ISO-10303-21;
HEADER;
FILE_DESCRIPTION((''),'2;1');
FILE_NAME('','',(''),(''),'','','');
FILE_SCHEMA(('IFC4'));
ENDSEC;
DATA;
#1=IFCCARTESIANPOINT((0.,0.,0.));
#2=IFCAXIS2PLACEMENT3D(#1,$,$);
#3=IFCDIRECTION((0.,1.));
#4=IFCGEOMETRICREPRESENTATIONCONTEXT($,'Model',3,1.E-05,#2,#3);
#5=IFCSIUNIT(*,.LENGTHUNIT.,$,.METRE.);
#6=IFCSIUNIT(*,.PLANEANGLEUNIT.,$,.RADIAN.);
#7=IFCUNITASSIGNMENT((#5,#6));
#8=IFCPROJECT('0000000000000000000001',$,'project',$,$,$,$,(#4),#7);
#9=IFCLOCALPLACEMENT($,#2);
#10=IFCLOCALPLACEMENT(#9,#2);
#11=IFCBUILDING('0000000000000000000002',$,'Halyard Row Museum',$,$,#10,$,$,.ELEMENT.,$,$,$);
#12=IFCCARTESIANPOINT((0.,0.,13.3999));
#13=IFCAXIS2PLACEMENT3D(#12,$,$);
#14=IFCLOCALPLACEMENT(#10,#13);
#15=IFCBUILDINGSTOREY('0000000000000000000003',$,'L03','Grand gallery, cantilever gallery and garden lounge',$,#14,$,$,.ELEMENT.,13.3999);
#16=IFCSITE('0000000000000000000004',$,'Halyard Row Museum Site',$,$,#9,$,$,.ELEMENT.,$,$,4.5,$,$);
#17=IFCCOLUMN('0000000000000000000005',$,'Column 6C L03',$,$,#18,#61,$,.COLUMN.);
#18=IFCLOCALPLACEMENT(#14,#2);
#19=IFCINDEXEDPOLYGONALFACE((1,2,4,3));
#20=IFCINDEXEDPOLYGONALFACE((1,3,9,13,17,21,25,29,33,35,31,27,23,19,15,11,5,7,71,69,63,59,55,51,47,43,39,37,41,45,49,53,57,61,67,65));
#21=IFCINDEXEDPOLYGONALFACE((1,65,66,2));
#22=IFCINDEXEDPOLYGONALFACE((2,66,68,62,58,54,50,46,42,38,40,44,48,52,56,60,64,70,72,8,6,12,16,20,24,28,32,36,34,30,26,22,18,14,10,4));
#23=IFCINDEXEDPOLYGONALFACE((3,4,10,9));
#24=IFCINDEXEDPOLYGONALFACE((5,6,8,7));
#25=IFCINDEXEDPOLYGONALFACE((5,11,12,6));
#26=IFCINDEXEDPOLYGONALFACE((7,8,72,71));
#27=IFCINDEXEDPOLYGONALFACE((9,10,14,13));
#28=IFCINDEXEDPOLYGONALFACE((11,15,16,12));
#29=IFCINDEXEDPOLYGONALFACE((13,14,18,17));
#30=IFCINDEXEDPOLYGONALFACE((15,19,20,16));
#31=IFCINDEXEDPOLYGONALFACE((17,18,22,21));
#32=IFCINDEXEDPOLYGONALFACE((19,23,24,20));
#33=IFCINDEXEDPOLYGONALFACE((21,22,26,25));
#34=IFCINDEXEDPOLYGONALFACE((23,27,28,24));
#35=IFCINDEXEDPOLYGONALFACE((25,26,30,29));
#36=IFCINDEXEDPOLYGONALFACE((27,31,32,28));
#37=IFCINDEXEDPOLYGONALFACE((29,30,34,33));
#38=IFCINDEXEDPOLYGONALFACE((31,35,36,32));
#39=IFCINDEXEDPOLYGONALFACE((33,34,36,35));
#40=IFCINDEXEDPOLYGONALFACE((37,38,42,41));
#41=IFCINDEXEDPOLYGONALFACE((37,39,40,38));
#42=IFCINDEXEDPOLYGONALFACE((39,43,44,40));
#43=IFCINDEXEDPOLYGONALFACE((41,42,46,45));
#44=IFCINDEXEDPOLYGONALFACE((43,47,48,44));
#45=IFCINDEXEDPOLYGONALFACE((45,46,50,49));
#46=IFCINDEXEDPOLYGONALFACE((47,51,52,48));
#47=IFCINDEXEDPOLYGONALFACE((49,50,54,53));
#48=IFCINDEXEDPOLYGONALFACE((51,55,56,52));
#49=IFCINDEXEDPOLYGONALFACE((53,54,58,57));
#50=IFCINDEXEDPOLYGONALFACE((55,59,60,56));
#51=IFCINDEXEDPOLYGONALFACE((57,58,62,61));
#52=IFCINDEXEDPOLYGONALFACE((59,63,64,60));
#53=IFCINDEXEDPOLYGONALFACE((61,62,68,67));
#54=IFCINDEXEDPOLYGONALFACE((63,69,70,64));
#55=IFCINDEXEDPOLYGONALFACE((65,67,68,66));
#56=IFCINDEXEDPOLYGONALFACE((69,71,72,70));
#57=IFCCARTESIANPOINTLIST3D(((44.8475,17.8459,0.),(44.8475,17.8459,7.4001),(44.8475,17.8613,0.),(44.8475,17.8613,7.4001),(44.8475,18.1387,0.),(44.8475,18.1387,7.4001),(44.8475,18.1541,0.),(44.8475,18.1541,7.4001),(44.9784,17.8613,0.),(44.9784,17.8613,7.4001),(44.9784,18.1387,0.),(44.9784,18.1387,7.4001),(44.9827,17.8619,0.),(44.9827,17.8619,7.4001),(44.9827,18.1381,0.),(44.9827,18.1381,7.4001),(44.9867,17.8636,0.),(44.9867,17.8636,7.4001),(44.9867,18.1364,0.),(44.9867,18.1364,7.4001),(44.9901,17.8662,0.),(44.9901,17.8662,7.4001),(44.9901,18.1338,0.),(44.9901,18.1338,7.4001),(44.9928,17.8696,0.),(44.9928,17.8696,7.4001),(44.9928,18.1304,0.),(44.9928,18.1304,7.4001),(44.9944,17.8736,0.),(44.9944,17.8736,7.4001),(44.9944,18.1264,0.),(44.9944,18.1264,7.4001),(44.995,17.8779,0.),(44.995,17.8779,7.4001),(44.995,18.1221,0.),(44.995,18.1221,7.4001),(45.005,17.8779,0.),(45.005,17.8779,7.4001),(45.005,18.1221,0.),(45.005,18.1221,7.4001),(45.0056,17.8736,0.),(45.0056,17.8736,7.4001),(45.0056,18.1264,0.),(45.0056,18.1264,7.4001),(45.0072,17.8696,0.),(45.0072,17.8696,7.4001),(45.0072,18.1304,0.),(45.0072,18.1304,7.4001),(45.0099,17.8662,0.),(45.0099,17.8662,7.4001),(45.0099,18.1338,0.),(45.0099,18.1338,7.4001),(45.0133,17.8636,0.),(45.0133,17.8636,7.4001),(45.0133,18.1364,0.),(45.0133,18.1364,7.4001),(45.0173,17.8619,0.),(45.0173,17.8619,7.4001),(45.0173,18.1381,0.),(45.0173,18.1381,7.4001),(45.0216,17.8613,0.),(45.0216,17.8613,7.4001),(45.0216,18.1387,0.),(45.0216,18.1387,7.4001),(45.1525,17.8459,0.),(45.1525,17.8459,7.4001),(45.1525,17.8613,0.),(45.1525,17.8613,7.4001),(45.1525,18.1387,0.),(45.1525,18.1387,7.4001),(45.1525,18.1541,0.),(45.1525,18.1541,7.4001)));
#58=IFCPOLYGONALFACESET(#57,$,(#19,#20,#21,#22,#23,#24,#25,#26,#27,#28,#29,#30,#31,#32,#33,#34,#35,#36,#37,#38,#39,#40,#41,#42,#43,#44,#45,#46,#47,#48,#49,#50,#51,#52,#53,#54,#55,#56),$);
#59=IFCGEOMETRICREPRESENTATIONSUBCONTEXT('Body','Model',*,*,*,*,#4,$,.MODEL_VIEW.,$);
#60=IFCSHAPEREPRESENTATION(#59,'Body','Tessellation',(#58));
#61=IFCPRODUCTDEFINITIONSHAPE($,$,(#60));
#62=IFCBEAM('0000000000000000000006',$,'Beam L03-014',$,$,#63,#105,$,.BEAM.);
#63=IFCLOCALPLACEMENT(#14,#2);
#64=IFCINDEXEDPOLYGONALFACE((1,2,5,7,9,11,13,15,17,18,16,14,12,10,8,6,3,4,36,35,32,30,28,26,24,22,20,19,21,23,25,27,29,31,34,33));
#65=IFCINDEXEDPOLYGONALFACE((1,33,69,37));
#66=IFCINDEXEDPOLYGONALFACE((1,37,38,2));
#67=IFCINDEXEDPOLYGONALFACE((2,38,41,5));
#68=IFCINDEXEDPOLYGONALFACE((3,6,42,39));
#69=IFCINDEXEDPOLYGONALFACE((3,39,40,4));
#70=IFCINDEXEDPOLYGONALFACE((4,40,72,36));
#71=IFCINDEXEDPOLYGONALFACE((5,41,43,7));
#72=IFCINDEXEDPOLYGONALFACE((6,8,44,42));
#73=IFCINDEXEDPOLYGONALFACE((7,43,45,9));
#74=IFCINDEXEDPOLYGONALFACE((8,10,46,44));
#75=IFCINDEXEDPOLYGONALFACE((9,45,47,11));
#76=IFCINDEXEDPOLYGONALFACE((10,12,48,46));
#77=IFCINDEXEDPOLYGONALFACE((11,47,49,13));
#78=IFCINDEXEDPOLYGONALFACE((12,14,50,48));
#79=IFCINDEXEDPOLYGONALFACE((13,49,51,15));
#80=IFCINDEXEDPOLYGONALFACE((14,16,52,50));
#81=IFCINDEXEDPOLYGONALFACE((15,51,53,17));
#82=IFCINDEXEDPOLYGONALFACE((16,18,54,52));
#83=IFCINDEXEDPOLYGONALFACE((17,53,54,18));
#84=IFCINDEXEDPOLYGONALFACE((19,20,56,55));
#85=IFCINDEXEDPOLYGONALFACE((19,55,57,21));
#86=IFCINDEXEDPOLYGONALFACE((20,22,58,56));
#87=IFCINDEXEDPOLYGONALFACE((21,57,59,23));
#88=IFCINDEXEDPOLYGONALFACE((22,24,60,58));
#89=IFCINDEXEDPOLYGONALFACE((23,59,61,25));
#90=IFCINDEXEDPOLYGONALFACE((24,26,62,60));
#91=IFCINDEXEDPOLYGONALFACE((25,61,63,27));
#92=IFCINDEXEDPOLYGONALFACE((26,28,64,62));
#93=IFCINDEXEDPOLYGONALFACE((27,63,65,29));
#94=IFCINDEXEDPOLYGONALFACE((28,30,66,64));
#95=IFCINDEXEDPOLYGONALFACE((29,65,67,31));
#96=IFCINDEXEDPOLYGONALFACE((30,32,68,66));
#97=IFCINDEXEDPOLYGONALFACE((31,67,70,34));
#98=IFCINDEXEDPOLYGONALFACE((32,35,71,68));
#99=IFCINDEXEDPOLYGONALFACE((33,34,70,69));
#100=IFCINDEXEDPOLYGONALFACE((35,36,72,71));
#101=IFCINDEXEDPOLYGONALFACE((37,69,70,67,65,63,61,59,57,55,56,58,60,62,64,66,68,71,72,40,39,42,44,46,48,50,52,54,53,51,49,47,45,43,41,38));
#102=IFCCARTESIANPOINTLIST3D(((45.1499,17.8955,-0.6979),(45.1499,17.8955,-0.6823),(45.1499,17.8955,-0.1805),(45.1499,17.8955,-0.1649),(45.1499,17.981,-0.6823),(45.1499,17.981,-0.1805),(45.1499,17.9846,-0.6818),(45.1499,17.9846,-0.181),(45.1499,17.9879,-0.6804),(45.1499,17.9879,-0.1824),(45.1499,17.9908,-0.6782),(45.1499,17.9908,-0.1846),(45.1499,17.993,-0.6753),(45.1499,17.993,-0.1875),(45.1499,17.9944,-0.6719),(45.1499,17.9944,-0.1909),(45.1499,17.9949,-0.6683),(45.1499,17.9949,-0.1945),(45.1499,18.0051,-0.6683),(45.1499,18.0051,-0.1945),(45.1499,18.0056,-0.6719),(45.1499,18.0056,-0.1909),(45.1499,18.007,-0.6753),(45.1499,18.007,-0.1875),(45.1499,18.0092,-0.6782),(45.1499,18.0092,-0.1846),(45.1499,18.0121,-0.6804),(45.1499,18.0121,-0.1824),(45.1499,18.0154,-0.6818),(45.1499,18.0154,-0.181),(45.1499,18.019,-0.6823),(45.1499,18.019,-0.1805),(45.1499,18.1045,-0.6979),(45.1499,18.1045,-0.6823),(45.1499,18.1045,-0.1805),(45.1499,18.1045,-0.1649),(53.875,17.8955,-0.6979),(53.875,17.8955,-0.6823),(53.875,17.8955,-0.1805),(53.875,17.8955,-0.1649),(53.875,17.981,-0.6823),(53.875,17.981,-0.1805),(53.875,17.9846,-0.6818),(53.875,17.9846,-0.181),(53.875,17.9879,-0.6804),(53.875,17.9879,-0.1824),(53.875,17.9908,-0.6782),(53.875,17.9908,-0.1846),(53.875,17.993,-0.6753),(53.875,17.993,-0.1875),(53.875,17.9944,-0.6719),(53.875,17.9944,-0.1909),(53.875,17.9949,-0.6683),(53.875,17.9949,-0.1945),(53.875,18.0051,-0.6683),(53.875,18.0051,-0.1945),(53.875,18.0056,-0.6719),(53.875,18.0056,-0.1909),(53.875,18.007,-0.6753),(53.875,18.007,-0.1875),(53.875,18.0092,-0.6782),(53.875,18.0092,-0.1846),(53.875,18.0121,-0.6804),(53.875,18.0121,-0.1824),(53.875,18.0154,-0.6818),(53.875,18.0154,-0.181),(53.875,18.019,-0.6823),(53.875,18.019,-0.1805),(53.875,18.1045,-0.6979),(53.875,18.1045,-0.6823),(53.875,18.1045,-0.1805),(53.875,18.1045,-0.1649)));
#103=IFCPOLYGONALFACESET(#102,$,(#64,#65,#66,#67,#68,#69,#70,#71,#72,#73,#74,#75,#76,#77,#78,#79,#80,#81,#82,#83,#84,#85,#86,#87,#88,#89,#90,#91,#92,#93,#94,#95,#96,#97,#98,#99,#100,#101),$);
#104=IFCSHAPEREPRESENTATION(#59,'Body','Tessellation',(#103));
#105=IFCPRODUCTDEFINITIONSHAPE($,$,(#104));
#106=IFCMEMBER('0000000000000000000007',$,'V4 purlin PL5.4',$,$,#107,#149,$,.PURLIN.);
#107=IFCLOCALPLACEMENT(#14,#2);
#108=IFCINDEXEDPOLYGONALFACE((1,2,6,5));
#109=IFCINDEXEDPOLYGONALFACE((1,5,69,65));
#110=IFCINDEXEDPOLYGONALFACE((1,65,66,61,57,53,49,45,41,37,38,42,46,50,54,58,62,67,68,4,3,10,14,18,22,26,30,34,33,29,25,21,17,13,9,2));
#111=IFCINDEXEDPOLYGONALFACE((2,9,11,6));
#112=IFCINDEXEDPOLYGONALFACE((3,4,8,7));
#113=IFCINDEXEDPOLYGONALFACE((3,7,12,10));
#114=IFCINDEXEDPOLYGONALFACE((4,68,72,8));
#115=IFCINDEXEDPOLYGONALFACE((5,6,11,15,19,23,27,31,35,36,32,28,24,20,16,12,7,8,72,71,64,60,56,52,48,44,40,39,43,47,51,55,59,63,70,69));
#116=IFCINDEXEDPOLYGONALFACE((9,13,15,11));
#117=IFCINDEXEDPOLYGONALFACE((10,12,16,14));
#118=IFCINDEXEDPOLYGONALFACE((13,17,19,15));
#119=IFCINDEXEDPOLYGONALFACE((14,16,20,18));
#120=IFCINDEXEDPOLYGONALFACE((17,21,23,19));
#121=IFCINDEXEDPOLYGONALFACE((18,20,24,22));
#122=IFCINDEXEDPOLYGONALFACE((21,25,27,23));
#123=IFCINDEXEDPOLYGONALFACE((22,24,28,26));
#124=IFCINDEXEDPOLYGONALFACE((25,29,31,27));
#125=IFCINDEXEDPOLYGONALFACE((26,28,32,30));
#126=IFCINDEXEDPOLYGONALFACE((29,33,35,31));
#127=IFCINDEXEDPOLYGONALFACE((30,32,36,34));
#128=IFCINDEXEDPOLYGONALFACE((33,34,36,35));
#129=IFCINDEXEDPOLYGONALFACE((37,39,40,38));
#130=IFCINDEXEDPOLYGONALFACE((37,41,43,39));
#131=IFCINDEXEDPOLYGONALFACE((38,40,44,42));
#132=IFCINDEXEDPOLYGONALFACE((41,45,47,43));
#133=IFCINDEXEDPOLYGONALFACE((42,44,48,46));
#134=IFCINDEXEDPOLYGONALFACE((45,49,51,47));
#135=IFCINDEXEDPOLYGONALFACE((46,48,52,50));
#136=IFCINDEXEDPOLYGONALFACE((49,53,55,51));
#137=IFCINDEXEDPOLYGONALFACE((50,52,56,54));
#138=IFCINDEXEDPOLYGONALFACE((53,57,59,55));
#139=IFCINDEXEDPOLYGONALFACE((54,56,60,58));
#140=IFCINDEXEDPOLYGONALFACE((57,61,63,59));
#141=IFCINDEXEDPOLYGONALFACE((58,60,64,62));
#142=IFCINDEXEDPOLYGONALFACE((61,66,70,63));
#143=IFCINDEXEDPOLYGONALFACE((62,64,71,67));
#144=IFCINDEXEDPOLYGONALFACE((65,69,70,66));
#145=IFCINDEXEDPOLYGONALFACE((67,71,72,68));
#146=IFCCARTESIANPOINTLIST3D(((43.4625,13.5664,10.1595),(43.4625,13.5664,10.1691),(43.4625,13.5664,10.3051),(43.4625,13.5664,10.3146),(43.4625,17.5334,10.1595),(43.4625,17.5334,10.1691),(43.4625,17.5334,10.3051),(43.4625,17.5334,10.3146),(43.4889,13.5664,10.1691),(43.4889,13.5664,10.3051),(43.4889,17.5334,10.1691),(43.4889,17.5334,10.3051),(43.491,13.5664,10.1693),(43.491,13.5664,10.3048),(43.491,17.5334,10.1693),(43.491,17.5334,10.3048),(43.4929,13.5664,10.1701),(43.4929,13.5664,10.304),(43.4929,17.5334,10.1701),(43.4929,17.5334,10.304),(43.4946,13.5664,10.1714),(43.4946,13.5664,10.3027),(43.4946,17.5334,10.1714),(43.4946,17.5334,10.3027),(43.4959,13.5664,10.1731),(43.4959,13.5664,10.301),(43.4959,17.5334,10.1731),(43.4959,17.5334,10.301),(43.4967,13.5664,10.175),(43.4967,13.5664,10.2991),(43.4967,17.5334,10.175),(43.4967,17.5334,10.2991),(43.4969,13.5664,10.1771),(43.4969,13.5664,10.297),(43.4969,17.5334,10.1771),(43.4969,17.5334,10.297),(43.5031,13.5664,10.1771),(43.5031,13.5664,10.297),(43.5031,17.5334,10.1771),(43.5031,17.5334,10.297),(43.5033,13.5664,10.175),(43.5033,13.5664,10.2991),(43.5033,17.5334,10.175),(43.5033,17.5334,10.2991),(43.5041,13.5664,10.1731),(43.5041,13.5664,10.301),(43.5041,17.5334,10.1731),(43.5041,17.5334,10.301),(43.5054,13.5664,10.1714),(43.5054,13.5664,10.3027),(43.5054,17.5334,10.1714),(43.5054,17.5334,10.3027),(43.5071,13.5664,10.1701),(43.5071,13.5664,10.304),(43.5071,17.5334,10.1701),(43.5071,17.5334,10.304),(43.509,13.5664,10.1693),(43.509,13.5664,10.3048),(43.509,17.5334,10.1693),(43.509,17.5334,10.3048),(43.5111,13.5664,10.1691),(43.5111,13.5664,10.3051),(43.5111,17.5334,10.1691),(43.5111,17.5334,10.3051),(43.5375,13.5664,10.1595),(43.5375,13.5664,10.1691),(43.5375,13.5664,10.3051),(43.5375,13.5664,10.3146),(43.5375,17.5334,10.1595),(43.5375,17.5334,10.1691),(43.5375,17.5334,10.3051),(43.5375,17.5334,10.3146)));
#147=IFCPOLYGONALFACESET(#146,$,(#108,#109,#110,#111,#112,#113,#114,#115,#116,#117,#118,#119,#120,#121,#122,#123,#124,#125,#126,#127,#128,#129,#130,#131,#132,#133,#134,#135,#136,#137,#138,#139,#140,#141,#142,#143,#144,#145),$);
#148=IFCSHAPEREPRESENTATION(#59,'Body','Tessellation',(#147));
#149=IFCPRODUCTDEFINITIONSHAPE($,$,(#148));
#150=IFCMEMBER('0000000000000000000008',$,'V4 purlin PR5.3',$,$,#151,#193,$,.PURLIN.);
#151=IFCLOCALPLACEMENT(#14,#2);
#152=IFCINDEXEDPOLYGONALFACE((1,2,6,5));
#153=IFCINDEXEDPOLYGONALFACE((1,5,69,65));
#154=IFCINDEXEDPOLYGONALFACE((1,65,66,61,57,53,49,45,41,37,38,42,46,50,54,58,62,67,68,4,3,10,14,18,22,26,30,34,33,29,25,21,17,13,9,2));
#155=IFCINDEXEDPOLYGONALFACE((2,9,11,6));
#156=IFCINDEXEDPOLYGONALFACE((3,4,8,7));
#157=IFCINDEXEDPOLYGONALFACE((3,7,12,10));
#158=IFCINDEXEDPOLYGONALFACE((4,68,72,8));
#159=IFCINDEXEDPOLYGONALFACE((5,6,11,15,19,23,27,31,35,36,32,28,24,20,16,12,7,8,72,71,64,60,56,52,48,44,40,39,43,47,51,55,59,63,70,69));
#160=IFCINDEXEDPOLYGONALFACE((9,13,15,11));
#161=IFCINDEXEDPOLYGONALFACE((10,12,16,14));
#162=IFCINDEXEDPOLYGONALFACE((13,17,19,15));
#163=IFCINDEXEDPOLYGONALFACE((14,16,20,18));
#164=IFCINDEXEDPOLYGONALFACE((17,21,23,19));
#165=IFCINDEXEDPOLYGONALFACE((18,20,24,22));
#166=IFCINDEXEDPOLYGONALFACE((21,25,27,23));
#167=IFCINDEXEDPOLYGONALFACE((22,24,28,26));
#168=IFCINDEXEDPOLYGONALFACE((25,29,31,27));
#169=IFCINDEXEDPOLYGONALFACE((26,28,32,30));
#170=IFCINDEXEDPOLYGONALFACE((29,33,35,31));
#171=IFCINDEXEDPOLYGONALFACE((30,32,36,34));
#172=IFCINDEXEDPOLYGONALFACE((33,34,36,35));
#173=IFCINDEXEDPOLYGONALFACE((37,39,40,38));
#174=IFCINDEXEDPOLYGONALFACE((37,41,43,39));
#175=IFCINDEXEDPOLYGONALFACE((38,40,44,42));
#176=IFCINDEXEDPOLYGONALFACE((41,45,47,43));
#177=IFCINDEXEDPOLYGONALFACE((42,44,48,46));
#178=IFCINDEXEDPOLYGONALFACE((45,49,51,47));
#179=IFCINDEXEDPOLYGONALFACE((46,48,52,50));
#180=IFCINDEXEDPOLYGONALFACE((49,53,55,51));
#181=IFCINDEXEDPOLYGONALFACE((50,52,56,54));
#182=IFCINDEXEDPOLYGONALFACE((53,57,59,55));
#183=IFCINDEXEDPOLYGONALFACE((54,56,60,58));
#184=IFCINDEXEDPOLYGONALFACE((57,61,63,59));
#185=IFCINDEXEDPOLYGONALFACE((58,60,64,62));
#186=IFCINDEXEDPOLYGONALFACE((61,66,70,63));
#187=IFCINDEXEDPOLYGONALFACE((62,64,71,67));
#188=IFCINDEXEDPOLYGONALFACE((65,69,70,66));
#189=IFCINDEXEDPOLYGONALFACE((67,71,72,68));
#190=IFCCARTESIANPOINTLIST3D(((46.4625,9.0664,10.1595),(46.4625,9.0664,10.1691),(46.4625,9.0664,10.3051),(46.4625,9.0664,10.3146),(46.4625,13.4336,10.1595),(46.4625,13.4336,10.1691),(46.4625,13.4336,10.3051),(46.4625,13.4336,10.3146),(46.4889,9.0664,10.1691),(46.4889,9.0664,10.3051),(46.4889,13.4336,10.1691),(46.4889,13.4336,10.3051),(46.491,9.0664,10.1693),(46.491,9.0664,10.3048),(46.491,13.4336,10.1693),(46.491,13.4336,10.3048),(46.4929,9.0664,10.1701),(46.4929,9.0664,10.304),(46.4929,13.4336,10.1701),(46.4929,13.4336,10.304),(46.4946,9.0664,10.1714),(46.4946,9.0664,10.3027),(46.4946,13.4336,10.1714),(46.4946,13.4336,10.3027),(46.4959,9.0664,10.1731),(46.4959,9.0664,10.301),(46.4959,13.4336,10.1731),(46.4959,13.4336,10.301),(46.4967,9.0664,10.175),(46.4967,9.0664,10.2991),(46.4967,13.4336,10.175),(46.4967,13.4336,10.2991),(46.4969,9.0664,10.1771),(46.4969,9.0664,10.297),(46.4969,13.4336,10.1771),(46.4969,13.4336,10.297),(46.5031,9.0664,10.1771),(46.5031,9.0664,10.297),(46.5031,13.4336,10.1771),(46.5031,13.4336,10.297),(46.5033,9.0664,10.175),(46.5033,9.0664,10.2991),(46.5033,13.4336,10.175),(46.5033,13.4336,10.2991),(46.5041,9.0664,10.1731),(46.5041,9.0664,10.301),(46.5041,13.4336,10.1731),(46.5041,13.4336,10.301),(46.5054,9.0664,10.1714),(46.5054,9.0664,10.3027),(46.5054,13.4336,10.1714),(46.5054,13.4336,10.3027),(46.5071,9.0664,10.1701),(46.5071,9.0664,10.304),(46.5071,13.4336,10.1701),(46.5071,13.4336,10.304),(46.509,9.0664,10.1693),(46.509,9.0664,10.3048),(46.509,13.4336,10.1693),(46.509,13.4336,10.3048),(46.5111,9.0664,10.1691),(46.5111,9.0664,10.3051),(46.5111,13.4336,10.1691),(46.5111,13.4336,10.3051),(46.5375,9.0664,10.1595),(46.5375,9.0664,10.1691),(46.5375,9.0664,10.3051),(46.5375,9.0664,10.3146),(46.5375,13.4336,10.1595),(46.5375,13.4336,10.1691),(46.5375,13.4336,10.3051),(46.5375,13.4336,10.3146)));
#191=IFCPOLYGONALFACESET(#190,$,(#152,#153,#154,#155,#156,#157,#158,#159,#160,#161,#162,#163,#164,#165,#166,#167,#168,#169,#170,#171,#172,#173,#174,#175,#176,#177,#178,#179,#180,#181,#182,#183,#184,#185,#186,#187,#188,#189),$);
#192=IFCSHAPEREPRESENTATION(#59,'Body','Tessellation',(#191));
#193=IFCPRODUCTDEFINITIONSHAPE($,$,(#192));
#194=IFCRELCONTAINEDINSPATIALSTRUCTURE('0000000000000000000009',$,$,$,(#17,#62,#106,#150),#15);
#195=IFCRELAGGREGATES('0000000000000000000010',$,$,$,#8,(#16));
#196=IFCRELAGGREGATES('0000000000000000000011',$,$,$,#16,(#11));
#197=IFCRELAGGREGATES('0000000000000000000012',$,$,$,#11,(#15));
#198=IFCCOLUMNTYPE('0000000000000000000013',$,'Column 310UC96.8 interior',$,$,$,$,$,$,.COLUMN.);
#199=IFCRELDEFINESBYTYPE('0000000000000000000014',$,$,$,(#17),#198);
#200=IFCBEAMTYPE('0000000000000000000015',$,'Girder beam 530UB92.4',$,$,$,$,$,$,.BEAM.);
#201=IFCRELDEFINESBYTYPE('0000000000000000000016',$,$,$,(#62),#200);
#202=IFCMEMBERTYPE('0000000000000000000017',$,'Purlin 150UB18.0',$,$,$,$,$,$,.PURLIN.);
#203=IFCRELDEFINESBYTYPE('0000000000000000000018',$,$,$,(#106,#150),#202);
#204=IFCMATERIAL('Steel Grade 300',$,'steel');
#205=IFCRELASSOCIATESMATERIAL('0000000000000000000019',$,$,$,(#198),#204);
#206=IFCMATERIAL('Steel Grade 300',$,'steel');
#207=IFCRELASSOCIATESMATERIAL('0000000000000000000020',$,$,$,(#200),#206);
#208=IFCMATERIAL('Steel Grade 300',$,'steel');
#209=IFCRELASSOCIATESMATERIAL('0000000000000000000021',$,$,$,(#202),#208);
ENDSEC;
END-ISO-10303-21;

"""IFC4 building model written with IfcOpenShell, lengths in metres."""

from ifc_helpers import new_model, si_unit, direction, frame, origin, origin_2d, place, context, subcontext, project, spatial, i_section, extrude, material, material_profile, profile_set, type_object, element, save


model = new_model("IFC4")

# Units and contexts
model_context = context("Model", 3, precision=1e-05, world=origin(), true_north=direction((0.0, 1.0)))
body_context = subcontext(model_context, "Body", "Model", "MODEL_VIEW")
ifc_project = project(units=[si_unit("LENGTHUNIT", "METRE"), si_unit("PLANEANGLEUNIT", "RADIAN")], contexts=[model_context])

# Site, building, storey
site_placement = place(None, origin())
site = spatial("IfcSite", under=ifc_project, at=site_placement, Name="Halyard Row Museum Site", CompositionType="ELEMENT", RefElevation=4.5)
building_placement = place(site_placement, origin())
building = spatial("IfcBuilding", under=site, at=building_placement, Name="Halyard Row Museum", CompositionType="ELEMENT")
storey_placement = place(building_placement, frame((0.0, 0.0, 13.3999)))
storey = spatial("IfcBuildingStorey", under=building, at=storey_placement, Name="L03", Description="Grand gallery, cantilever gallery and garden lounge", CompositionType="ELEMENT", Elevation=13.3999)

# Column
ifc_material_1 = material(Name="Steel Grade 300", Category="steel")
ifc_material_profile_1 = material_profile(ifc_material_1, i_section(OverallWidth=0.3049, OverallDepth=0.3081, WebThickness=0.01, FlangeThickness=0.0154, FilletRadius=0.0166, at=origin_2d()), Name="310UC96.8")
ifc_profile_set_1 = profile_set([ifc_material_profile_1], Name="Steel Grade 300")
column_type = type_object("IfcColumnType", Name="Column 310UC96.8 interior", PredefinedType="COLUMN", material=ifc_profile_set_1)
column_placement = place(storey_placement, frame((45.0, 18.0, 0.0), z_axis=(0.0, 0.0, 1.0), x_axis=(1.0, 0.0, 0.0)))
element("IfcColumn", 1, at=column_placement, inside=storey, type_object=column_type, Name="Column 6C L03", PredefinedType="COLUMN", context=body_context, shape_type="SweptSolid", body=[
    extrude(i_section(OverallWidth=0.3049, OverallDepth=0.3081, WebThickness=0.01, FlangeThickness=0.0154, FilletRadius=0.0166, at=origin_2d()), origin(), (0.0, 0.0, 1.0), 7.4001),
])

# Beam
ifc_material_2 = material(Name="Steel Grade 300", Category="steel")
ifc_material_profile_2 = material_profile(ifc_material_2, i_section(OverallWidth=0.209, OverallDepth=0.533, WebThickness=0.0103, FlangeThickness=0.0156, FilletRadius=0.0139, at=origin_2d()), Name="530UB92.4")
ifc_profile_set_2 = profile_set([ifc_material_profile_2], Name="Steel Grade 300")
beam_type = type_object("IfcBeamType", Name="Girder beam 530UB92.4", PredefinedType="BEAM", material=ifc_profile_set_2)
beam_placement = place(storey_placement, frame((45.1499, 18.0, -0.4314), z_axis=(1.0, 0.0, 0.0), x_axis=(0.0, 1.0, 0.0)))
element("IfcBeam", 2, at=beam_placement, inside=storey, type_object=beam_type, Name="Beam L03-014", PredefinedType="BEAM", context=body_context, shape_type="SweptSolid", body=[
    extrude(i_section(OverallWidth=0.209, OverallDepth=0.533, WebThickness=0.0103, FlangeThickness=0.0156, FilletRadius=0.0139, at=origin_2d()), origin(), (0.0, 0.0, 1.0), 8.7251),
])

# Members
ifc_material_3 = material(Name="Steel Grade 300", Category="steel")
ifc_material_profile_3 = material_profile(ifc_material_3, i_section(OverallWidth=0.075, OverallDepth=0.155, WebThickness=0.0061, FlangeThickness=0.0095, FilletRadius=0.0081, at=origin_2d()), Name="150UB18.0")
ifc_profile_set_3 = profile_set([ifc_material_profile_3], Name="Steel Grade 300")
member_type_1 = type_object("IfcMemberType", Name="Purlin 150UB18.0", PredefinedType="PURLIN", material=ifc_profile_set_3)
member_1_placement = place(storey_placement, frame((43.5, 13.5664, 10.2371), z_axis=(0.0, 1.0, 0.0), x_axis=(-1.0, 0.0, 0.0)))
element("IfcMember", 3, at=member_1_placement, inside=storey, type_object=member_type_1, Name="V4 purlin PL5.4", PredefinedType="PURLIN", context=body_context, shape_type="SweptSolid", body=[
    extrude(i_section(OverallWidth=0.075, OverallDepth=0.155, WebThickness=0.0061, FlangeThickness=0.0095, FilletRadius=0.0081, at=origin_2d()), origin(), (0.0, 0.0, 1.0), 3.967),
])
member_2_placement = place(storey_placement, frame((46.5, 9.0664, 10.2371), z_axis=(0.0, 1.0, 0.0), x_axis=(-1.0, 0.0, 0.0)))
element("IfcMember", 4, at=member_2_placement, inside=storey, type_object=member_type_1, Name="V4 purlin PR5.3", PredefinedType="PURLIN", context=body_context, shape_type="SweptSolid", body=[
    extrude(i_section(OverallWidth=0.075, OverallDepth=0.155, WebThickness=0.0061, FlangeThickness=0.0095, FilletRadius=0.0081, at=origin_2d()), origin(), (0.0, 0.0, 1.0), 4.3672),
])

save(model, "model.ifc")
